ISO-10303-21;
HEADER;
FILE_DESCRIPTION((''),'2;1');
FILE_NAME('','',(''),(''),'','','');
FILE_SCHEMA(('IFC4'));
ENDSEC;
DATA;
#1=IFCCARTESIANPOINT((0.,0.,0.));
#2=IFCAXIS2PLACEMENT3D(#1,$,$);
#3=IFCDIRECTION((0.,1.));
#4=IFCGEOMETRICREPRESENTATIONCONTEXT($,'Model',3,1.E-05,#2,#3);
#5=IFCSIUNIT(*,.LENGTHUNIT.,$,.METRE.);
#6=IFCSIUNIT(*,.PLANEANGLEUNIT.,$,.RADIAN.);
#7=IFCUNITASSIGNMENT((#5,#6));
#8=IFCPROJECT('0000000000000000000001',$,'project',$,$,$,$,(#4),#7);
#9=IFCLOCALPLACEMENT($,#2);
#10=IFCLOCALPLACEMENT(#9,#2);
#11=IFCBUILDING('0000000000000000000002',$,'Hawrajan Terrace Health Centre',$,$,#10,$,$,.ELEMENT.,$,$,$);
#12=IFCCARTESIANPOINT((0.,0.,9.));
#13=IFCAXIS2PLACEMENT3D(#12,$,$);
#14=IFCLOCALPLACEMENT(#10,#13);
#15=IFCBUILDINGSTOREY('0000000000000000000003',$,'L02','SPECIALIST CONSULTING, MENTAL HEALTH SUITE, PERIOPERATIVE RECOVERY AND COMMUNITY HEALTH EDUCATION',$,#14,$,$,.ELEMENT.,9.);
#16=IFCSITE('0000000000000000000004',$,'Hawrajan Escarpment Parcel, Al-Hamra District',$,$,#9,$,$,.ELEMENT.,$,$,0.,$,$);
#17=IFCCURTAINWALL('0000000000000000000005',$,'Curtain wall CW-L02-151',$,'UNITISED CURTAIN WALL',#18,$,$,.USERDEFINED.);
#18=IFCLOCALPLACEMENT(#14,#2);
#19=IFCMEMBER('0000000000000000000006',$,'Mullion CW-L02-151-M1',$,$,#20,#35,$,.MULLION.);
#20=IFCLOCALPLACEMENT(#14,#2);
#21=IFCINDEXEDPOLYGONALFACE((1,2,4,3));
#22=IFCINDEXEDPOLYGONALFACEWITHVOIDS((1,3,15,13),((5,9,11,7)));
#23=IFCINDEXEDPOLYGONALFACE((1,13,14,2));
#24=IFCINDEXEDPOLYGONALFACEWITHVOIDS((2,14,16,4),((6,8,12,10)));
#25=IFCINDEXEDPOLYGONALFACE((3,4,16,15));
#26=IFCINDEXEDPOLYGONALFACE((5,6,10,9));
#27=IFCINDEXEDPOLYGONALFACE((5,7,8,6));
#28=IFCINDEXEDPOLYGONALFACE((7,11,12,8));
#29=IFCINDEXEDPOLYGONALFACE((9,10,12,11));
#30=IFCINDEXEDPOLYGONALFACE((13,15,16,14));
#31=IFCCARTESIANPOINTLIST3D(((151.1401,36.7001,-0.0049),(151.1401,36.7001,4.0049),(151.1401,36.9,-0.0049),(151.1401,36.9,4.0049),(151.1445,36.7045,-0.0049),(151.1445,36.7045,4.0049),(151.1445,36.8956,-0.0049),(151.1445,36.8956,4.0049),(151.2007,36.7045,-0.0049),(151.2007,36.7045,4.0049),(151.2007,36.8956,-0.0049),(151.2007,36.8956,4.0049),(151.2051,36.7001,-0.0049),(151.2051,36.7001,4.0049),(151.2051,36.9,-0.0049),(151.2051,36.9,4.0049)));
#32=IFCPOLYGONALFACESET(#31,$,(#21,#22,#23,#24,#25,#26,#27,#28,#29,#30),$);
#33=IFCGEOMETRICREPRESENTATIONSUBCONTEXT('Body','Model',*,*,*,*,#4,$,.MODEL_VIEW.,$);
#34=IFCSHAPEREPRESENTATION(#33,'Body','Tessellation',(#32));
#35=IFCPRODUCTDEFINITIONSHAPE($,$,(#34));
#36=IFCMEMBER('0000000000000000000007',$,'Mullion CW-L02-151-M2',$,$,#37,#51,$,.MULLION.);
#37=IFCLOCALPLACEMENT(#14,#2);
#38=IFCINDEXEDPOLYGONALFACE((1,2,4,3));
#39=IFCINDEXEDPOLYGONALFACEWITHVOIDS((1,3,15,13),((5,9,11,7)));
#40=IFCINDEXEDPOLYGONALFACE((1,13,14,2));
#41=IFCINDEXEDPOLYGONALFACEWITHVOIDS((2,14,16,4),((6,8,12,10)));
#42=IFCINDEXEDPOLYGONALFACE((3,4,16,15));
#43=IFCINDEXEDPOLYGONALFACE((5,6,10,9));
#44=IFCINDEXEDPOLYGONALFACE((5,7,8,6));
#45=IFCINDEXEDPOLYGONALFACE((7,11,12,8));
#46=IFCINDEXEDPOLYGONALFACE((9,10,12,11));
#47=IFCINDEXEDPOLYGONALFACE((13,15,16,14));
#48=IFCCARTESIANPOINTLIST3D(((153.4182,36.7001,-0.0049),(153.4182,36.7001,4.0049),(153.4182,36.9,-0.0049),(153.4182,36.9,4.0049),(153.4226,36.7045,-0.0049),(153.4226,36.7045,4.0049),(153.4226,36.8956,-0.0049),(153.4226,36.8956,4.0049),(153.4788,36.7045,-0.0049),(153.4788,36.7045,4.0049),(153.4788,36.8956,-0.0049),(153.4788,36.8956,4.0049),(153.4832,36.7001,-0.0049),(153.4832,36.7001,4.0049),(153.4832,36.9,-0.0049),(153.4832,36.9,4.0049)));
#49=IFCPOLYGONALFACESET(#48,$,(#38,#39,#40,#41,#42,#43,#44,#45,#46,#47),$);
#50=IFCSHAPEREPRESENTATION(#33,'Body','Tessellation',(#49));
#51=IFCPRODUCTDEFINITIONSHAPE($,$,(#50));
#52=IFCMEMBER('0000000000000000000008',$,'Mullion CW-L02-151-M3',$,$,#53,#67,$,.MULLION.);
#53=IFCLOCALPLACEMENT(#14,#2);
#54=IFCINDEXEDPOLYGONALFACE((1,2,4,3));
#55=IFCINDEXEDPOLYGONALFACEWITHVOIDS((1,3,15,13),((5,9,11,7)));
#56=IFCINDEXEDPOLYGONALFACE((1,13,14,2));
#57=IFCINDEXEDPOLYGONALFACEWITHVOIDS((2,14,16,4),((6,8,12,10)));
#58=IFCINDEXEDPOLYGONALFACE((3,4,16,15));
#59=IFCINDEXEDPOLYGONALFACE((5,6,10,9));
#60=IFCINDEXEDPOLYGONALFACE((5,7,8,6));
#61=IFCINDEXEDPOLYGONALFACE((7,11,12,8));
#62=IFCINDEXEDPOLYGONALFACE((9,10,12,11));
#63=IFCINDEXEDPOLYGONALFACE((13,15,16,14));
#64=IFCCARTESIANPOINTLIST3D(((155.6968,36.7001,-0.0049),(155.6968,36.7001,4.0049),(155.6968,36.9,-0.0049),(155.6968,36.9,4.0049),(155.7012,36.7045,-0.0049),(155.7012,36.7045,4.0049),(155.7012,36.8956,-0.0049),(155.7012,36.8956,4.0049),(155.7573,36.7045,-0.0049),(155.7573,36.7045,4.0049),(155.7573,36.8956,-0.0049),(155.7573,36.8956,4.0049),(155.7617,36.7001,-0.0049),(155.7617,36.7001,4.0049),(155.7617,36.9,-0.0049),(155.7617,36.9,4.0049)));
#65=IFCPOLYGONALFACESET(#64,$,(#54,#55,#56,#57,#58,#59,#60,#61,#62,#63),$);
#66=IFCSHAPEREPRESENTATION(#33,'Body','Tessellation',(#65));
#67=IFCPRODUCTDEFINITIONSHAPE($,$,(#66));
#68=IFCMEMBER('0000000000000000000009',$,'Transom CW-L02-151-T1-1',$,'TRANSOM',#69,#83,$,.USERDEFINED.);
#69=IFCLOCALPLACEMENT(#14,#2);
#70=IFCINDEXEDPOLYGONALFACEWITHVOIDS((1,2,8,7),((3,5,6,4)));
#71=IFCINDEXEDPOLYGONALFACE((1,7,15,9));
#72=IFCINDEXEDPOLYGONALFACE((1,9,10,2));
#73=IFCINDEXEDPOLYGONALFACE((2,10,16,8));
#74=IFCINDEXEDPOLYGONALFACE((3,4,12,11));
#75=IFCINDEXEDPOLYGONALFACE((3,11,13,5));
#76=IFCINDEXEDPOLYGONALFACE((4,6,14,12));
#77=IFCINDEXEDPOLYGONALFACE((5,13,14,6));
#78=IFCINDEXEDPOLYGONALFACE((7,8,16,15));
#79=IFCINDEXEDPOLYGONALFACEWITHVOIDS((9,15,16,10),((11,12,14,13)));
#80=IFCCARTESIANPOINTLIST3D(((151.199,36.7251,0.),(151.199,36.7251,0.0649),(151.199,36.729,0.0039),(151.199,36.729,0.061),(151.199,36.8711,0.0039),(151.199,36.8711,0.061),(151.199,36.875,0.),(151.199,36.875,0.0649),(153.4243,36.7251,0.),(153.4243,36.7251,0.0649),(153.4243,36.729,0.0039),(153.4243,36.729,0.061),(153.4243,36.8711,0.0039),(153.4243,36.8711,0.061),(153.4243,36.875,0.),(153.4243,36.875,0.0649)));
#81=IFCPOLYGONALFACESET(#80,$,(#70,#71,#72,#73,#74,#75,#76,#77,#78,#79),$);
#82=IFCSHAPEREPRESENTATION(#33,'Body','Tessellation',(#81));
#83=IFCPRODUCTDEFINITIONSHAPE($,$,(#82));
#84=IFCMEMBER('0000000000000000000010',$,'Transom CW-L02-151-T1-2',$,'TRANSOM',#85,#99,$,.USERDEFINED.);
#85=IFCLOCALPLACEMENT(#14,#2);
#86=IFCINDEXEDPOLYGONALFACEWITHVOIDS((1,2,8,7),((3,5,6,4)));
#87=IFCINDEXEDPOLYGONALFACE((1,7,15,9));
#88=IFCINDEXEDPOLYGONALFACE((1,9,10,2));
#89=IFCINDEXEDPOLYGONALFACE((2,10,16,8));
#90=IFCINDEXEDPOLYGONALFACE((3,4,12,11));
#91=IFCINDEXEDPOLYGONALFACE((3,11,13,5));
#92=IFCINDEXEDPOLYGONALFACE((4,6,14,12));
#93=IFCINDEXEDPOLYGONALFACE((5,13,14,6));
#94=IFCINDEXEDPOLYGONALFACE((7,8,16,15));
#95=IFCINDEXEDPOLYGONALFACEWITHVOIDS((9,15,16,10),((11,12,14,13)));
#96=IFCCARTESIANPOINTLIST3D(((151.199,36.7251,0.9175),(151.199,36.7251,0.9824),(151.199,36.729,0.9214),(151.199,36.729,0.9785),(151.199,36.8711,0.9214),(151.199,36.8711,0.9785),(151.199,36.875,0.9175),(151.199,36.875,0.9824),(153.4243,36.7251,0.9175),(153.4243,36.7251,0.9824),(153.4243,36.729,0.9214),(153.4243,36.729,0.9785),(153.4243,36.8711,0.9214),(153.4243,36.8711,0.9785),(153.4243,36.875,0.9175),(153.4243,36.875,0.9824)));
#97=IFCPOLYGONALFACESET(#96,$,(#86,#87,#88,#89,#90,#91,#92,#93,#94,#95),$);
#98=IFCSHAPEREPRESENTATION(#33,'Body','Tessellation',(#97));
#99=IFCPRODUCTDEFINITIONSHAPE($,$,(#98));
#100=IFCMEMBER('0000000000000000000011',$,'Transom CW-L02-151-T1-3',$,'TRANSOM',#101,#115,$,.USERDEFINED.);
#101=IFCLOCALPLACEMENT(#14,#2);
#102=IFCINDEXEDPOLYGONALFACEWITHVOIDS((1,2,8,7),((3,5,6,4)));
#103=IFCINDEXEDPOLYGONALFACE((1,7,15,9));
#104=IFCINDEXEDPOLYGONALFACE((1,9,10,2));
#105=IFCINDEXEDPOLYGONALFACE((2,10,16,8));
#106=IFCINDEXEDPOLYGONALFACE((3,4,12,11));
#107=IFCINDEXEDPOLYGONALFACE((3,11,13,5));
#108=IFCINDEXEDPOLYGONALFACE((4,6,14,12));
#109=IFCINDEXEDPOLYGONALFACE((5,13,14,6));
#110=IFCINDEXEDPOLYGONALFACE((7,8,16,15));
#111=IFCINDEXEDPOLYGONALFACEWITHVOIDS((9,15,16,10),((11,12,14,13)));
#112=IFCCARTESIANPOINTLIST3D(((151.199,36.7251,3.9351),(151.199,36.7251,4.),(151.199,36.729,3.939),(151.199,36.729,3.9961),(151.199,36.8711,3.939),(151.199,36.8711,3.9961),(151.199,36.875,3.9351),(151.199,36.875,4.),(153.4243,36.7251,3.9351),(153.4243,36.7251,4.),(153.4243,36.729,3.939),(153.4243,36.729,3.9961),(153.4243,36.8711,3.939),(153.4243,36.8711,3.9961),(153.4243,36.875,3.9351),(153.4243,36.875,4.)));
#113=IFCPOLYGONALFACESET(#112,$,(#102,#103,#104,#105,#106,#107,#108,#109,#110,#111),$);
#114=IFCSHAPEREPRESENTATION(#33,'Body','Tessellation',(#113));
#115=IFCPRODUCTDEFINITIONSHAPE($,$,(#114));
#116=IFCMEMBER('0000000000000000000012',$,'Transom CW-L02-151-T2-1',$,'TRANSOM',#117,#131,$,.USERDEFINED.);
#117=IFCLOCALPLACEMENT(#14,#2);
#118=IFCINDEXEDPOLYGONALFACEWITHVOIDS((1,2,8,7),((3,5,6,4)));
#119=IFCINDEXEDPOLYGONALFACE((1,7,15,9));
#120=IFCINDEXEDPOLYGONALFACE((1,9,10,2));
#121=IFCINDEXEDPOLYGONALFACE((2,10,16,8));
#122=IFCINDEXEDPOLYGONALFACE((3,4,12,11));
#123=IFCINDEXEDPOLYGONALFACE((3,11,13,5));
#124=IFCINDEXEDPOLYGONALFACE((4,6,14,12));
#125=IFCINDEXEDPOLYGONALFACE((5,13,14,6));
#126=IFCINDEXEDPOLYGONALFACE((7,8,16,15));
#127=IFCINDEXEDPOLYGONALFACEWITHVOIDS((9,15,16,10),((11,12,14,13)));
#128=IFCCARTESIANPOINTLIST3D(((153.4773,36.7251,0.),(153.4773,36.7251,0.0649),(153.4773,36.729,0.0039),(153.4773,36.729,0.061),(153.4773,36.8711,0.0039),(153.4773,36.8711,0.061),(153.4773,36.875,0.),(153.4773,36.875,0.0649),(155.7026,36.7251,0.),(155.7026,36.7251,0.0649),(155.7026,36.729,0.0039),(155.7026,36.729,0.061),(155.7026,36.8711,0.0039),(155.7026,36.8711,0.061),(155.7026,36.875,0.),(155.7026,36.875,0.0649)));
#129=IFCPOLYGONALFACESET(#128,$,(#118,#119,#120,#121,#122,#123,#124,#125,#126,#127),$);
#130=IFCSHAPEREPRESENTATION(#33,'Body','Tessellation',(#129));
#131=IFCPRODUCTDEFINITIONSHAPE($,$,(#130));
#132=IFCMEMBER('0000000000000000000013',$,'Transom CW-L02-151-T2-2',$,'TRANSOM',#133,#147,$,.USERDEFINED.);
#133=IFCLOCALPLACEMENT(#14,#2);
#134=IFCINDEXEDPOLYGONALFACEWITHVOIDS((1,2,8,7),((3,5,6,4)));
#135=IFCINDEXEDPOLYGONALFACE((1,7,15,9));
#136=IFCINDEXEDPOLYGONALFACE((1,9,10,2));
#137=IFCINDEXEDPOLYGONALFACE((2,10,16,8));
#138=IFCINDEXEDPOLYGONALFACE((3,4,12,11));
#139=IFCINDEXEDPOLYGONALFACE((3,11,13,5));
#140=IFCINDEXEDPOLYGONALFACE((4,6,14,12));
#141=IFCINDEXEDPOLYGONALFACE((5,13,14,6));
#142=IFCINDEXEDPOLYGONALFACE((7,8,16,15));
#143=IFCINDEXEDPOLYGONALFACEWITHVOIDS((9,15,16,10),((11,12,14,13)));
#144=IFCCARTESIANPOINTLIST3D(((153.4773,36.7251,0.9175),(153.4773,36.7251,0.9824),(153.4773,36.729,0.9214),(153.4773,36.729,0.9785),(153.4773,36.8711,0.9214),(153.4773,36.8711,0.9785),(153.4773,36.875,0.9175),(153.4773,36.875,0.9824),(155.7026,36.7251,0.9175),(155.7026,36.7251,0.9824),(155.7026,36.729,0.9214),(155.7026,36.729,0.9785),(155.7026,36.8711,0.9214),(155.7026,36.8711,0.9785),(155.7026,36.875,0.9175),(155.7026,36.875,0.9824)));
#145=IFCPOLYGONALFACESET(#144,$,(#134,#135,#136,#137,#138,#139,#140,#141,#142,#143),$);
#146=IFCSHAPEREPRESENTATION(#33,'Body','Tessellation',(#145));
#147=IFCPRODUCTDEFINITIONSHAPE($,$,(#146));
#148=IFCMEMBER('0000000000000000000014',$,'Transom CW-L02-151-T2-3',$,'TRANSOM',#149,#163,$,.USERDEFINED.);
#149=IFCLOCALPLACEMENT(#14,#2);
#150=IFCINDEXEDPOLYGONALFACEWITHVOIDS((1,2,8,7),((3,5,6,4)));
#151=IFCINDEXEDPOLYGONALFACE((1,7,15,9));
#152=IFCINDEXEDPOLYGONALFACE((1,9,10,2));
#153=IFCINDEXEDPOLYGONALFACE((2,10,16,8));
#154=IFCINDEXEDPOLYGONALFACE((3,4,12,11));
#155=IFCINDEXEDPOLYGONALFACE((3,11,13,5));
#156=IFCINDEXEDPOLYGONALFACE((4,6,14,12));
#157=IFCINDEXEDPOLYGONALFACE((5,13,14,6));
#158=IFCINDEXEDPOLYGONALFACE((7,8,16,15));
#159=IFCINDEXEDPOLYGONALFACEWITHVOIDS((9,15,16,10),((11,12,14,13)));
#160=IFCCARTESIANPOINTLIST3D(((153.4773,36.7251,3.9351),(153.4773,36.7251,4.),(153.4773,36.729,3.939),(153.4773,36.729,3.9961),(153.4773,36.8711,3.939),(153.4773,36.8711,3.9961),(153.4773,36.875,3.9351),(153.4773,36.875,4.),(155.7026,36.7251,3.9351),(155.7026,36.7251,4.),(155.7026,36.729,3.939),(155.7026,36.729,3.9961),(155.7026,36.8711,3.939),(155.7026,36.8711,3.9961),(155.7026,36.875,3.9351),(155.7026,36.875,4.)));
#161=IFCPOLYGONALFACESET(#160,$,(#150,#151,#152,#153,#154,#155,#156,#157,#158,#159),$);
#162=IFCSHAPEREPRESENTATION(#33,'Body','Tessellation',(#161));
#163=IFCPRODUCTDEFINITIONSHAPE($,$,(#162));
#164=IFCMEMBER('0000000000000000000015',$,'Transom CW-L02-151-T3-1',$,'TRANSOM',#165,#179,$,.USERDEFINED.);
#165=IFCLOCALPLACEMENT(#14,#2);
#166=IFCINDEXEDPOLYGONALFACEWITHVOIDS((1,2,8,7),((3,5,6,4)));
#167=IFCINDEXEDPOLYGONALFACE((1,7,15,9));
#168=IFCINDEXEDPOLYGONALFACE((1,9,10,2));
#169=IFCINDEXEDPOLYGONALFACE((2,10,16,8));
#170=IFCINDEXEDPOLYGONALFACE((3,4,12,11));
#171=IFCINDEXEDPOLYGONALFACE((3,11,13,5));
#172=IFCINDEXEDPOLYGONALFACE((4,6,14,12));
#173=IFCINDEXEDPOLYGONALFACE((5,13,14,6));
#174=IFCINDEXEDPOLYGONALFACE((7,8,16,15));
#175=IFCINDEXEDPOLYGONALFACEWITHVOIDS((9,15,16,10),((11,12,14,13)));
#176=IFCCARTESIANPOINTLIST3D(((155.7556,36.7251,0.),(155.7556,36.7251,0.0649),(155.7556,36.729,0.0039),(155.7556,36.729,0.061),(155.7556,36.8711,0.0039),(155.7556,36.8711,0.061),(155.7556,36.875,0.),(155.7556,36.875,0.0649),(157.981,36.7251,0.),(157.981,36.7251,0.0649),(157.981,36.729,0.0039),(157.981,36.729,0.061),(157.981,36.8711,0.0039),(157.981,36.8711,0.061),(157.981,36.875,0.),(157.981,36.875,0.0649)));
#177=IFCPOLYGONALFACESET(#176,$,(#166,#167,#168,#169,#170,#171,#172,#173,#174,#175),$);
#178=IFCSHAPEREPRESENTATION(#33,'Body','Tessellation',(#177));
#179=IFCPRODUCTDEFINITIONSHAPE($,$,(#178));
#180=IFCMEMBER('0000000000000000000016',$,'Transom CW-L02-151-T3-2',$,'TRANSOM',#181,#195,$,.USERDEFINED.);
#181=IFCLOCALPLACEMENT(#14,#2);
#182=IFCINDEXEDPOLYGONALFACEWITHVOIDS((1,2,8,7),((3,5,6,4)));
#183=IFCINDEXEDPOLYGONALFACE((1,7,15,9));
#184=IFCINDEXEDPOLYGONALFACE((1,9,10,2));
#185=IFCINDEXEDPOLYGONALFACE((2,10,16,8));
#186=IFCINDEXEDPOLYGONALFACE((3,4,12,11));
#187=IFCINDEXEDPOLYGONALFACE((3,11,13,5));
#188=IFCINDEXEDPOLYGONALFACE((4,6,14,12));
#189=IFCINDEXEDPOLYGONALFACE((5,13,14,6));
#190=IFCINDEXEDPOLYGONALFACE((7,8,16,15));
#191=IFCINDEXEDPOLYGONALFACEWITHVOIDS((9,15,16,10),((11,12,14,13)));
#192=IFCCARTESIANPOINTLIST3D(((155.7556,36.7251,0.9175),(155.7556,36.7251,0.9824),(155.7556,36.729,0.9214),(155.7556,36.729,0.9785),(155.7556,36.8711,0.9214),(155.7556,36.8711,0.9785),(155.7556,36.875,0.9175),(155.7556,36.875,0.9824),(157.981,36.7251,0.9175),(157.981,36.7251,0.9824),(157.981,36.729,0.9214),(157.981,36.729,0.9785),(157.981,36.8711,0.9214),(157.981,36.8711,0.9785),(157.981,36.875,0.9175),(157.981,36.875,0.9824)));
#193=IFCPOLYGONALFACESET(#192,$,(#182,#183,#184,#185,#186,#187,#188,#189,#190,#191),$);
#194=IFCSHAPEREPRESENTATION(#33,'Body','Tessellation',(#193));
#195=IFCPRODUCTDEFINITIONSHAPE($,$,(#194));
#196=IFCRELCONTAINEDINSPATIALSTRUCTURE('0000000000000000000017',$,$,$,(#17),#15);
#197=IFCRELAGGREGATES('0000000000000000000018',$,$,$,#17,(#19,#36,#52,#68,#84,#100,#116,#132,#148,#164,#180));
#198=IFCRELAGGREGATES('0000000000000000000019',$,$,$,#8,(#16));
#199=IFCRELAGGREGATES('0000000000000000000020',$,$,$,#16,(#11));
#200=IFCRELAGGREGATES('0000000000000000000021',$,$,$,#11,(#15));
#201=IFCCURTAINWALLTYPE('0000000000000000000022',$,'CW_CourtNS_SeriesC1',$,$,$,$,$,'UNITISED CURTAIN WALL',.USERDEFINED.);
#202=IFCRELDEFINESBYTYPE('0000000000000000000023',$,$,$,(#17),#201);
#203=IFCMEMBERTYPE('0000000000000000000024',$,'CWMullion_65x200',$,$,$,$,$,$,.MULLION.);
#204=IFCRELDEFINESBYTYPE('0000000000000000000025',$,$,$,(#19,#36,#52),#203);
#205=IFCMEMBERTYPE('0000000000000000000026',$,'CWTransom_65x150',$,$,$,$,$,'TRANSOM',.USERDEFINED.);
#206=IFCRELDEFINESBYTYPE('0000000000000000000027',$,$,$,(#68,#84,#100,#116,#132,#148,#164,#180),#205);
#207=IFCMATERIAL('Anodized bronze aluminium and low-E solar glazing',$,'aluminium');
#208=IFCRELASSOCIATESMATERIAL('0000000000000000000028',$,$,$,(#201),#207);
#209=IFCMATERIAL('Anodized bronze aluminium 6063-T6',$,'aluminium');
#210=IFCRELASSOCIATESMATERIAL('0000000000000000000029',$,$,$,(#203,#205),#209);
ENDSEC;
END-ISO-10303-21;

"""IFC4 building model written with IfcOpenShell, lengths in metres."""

from ifc_helpers import new_model, si_unit, direction, frame, origin, origin_2d, place, context, subcontext, project, spatial, hollow_rectangle, extrude, material, material_profile, profile_set, type_object, element, aggregate, save


model = new_model("IFC4")

# Units and contexts
model_context = context("Model", 3, precision=1e-05, world=origin(), true_north=direction((0.0, 1.0)))
body_context = subcontext(model_context, "Body", "Model", "MODEL_VIEW")
ifc_project = project(units=[si_unit("LENGTHUNIT", "METRE"), si_unit("PLANEANGLEUNIT", "RADIAN")], contexts=[model_context])

# Site, building, storey
site_placement = place(None, origin())
site = spatial("IfcSite", under=ifc_project, at=site_placement, Name="Hawrajan Escarpment Parcel, Al-Hamra District", CompositionType="ELEMENT", RefElevation=0.0)
building_placement = place(site_placement, origin())
building = spatial("IfcBuilding", under=site, at=building_placement, Name="Hawrajan Terrace Health Centre", CompositionType="ELEMENT")
storey_placement = place(building_placement, frame((0.0, 0.0, 9.0)))
storey = spatial("IfcBuildingStorey", under=building, at=storey_placement, Name="L02", Description="SPECIALIST CONSULTING, MENTAL HEALTH SUITE, PERIOPERATIVE RECOVERY AND COMMUNITY HEALTH EDUCATION", CompositionType="ELEMENT", Elevation=9.0)

# Curtain wall, members
ifc_material_1 = material(Name="Anodized bronze aluminium and low-E solar glazing", Category="aluminium")
curtain_wall_type = type_object("IfcCurtainWallType", Name="CW_CourtNS_SeriesC1", ElementType="UNITISED CURTAIN WALL", PredefinedType="USERDEFINED", material=ifc_material_1)
curtain_wall_placement = place(storey_placement, origin())
curtain_wall = element("IfcCurtainWall", 1, at=curtain_wall_placement, inside=storey, type_object=curtain_wall_type, Name="Curtain wall CW-L02-151", ObjectType="UNITISED CURTAIN WALL", PredefinedType="USERDEFINED")
ifc_material_2 = material(Name="Anodized bronze aluminium 6063-T6", Category="aluminium")
ifc_material_profile_1 = material_profile(ifc_material_2, hollow_rectangle(XDim=0.0649, YDim=0.2, WallThickness=0.0044, at=origin_2d()), Name="CW MUL 65x200")
ifc_profile_set_1 = profile_set([ifc_material_profile_1], Name="Anodized bronze aluminium 6063-T6")
member_type_1 = type_object("IfcMemberType", Name="CWMullion_65x200", PredefinedType="MULLION", material=ifc_profile_set_1)
member_1_placement = place(storey_placement, frame((151.1726, 36.8, -0.0049), z_axis=(0.0, 0.0, 1.0), x_axis=(1.0, 0.0, 0.0)))
member_1 = element("IfcMember", 2, at=member_1_placement, type_object=member_type_1, Name="Mullion CW-L02-151-M1", PredefinedType="MULLION", context=body_context, shape_type="SweptSolid", body=[
    extrude(hollow_rectangle(XDim=0.0649, YDim=0.2, WallThickness=0.0044, at=origin_2d()), origin(), (0.0, 0.0, 1.0), 4.0098),
])
member_2_placement = place(storey_placement, frame((153.4507, 36.8, -0.0049), z_axis=(0.0, 0.0, 1.0), x_axis=(1.0, 0.0, 0.0)))
member_2 = element("IfcMember", 3, at=member_2_placement, type_object=member_type_1, Name="Mullion CW-L02-151-M2", PredefinedType="MULLION", context=body_context, shape_type="SweptSolid", body=[
    extrude(hollow_rectangle(XDim=0.0649, YDim=0.2, WallThickness=0.0044, at=origin_2d()), origin(), (0.0, 0.0, 1.0), 4.0098),
])
member_3_placement = place(storey_placement, frame((155.7292, 36.8, -0.0049), z_axis=(0.0, 0.0, 1.0), x_axis=(1.0, 0.0, 0.0)))
member_3 = element("IfcMember", 4, at=member_3_placement, type_object=member_type_1, Name="Mullion CW-L02-151-M3", PredefinedType="MULLION", context=body_context, shape_type="SweptSolid", body=[
    extrude(hollow_rectangle(XDim=0.0649, YDim=0.2, WallThickness=0.0044, at=origin_2d()), origin(), (0.0, 0.0, 1.0), 4.0098),
])
ifc_material_profile_2 = material_profile(ifc_material_2, hollow_rectangle(XDim=0.0649, YDim=0.1499, WallThickness=0.0039, at=origin_2d()), Name="CW TRN 65x150")
ifc_profile_set_2 = profile_set([ifc_material_profile_2], Name="Anodized bronze aluminium 6063-T6")
member_type_2 = type_object("IfcMemberType", Name="CWTransom_65x150", ElementType="TRANSOM", PredefinedType="USERDEFINED", material=ifc_profile_set_2)
member_4_placement = place(storey_placement, frame((151.199, 36.8, 0.0325), z_axis=(1.0, 0.0, 0.0), x_axis=(0.0, 0.0, 1.0)))
member_4 = element("IfcMember", 5, at=member_4_placement, type_object=member_type_2, Name="Transom CW-L02-151-T1-1", ObjectType="TRANSOM", PredefinedType="USERDEFINED", context=body_context, shape_type="SweptSolid", body=[
    extrude(hollow_rectangle(XDim=0.0649, YDim=0.1499, WallThickness=0.0039, at=origin_2d()), origin(), (0.0, 0.0, 1.0), 2.2253),
])
member_5_placement = place(storey_placement, frame((151.199, 36.8, 0.95), z_axis=(1.0, 0.0, 0.0), x_axis=(0.0, 0.0, 1.0)))
member_5 = element("IfcMember", 6, at=member_5_placement, type_object=member_type_2, Name="Transom CW-L02-151-T1-2", ObjectType="TRANSOM", PredefinedType="USERDEFINED", context=body_context, shape_type="SweptSolid", body=[
    extrude(hollow_rectangle(XDim=0.0649, YDim=0.1499, WallThickness=0.0039, at=origin_2d()), origin(), (0.0, 0.0, 1.0), 2.2253),
])
member_6_placement = place(storey_placement, frame((151.199, 36.8, 3.9675), z_axis=(1.0, 0.0, 0.0), x_axis=(0.0, 0.0, 1.0)))
member_6 = element("IfcMember", 7, at=member_6_placement, type_object=member_type_2, Name="Transom CW-L02-151-T1-3", ObjectType="TRANSOM", PredefinedType="USERDEFINED", context=body_context, shape_type="SweptSolid", body=[
    extrude(hollow_rectangle(XDim=0.0649, YDim=0.1499, WallThickness=0.0039, at=origin_2d()), origin(), (0.0, 0.0, 1.0), 2.2253),
])
member_7_placement = place(storey_placement, frame((153.4773, 36.8, 0.0325), z_axis=(1.0, 0.0, 0.0), x_axis=(0.0, 0.0, 1.0)))
member_7 = element("IfcMember", 8, at=member_7_placement, type_object=member_type_2, Name="Transom CW-L02-151-T2-1", ObjectType="TRANSOM", PredefinedType="USERDEFINED", context=body_context, shape_type="SweptSolid", body=[
    extrude(hollow_rectangle(XDim=0.0649, YDim=0.1499, WallThickness=0.0039, at=origin_2d()), origin(), (0.0, 0.0, 1.0), 2.2253),
])
member_8_placement = place(storey_placement, frame((153.4773, 36.8, 0.95), z_axis=(1.0, 0.0, 0.0), x_axis=(0.0, 0.0, 1.0)))
member_8 = element("IfcMember", 9, at=member_8_placement, type_object=member_type_2, Name="Transom CW-L02-151-T2-2", ObjectType="TRANSOM", PredefinedType="USERDEFINED", context=body_context, shape_type="SweptSolid", body=[
    extrude(hollow_rectangle(XDim=0.0649, YDim=0.1499, WallThickness=0.0039, at=origin_2d()), origin(), (0.0, 0.0, 1.0), 2.2253),
])
member_9_placement = place(storey_placement, frame((153.4773, 36.8, 3.9675), z_axis=(1.0, 0.0, 0.0), x_axis=(0.0, 0.0, 1.0)))
member_9 = element("IfcMember", 10, at=member_9_placement, type_object=member_type_2, Name="Transom CW-L02-151-T2-3", ObjectType="TRANSOM", PredefinedType="USERDEFINED", context=body_context, shape_type="SweptSolid", body=[
    extrude(hollow_rectangle(XDim=0.0649, YDim=0.1499, WallThickness=0.0039, at=origin_2d()), origin(), (0.0, 0.0, 1.0), 2.2253),
])
member_10_placement = place(storey_placement, frame((155.7556, 36.8, 0.0325), z_axis=(1.0, 0.0, 0.0), x_axis=(0.0, 0.0, 1.0)))
member_10 = element("IfcMember", 11, at=member_10_placement, type_object=member_type_2, Name="Transom CW-L02-151-T3-1", ObjectType="TRANSOM", PredefinedType="USERDEFINED", context=body_context, shape_type="SweptSolid", body=[
    extrude(hollow_rectangle(XDim=0.0649, YDim=0.1499, WallThickness=0.0039, at=origin_2d()), origin(), (0.0, 0.0, 1.0), 2.2253),
])
member_11_placement = place(storey_placement, frame((155.7556, 36.8, 0.95), z_axis=(1.0, 0.0, 0.0), x_axis=(0.0, 0.0, 1.0)))
member_11 = element("IfcMember", 12, at=member_11_placement, type_object=member_type_2, Name="Transom CW-L02-151-T3-2", ObjectType="TRANSOM", PredefinedType="USERDEFINED", context=body_context, shape_type="SweptSolid", body=[
    extrude(hollow_rectangle(XDim=0.0649, YDim=0.1499, WallThickness=0.0039, at=origin_2d()), origin(), (0.0, 0.0, 1.0), 2.2253),
])

aggregate(curtain_wall, [member_1, member_2, member_3, member_4, member_5, member_6, member_7, member_8, member_9, member_10, member_11])

save(model, "model.ifc")
